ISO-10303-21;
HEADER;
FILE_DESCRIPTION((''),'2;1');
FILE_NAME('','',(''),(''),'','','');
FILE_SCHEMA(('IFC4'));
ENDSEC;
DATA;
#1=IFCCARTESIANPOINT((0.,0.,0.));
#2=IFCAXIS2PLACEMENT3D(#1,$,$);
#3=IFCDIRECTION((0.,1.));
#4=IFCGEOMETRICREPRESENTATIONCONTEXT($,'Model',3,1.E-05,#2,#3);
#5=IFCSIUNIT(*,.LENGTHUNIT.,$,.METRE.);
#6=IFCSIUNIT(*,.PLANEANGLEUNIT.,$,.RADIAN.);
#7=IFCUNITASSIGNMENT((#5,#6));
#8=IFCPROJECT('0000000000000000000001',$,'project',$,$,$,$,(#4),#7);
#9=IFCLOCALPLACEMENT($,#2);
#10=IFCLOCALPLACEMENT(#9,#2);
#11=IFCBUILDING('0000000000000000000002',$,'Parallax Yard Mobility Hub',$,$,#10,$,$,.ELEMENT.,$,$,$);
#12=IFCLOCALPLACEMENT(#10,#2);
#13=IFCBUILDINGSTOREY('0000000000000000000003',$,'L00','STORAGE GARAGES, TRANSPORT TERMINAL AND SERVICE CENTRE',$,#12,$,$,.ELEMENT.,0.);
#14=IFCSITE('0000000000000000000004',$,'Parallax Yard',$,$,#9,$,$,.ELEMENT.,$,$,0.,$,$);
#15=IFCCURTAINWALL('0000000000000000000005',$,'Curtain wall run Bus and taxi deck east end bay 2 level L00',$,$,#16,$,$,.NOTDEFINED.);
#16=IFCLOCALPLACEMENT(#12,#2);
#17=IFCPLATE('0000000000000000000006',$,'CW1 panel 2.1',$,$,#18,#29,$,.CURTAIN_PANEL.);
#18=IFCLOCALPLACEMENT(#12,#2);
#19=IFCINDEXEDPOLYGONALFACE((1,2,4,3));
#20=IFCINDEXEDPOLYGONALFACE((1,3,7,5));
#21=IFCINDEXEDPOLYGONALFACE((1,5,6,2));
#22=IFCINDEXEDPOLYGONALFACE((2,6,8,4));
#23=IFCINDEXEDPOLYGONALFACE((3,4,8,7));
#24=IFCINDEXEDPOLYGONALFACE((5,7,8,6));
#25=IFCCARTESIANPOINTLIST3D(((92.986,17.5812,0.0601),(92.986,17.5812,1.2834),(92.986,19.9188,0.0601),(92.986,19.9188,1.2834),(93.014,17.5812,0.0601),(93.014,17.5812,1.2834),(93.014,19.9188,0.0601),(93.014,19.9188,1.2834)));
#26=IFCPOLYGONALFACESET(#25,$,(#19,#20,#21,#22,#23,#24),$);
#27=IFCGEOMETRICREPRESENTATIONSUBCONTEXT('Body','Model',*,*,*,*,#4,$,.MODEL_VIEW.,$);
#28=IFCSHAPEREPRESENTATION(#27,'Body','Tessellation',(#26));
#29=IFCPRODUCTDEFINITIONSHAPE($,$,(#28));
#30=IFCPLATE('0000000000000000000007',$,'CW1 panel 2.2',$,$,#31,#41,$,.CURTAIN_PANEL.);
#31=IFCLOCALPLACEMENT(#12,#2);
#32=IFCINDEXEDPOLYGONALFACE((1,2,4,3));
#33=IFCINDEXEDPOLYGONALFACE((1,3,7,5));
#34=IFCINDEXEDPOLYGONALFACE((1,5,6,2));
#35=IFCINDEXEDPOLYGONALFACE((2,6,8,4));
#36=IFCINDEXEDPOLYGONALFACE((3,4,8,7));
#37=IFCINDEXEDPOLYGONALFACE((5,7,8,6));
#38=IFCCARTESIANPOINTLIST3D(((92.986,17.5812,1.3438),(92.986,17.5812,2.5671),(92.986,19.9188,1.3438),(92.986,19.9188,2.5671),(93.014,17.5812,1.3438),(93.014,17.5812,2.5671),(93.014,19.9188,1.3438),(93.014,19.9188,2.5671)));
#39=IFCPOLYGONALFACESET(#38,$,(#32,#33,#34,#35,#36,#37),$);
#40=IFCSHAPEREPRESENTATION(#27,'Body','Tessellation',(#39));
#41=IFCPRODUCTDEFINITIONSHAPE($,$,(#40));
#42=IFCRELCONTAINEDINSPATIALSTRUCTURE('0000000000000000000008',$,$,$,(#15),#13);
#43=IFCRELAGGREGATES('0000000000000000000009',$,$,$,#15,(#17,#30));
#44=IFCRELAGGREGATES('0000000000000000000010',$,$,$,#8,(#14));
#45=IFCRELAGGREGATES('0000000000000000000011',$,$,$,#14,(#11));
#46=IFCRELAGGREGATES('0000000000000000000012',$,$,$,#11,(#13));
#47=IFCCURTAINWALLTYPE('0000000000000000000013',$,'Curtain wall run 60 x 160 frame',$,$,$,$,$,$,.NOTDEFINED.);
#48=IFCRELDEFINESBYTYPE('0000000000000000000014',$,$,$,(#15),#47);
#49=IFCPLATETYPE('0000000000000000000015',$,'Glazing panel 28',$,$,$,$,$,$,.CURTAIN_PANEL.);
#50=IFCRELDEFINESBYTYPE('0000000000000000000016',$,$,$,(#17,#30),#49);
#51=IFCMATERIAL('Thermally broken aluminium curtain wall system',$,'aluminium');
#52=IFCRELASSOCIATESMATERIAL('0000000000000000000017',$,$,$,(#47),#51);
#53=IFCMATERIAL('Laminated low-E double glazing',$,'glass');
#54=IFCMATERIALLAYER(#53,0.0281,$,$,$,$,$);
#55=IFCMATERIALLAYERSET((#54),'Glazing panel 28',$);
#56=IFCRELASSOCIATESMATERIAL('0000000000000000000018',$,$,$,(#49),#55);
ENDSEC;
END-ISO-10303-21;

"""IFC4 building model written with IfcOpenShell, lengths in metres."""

from ifc_helpers import new_model, si_unit, direction, frame, origin, origin_2d, place, context, subcontext, project, spatial, rectangle, extrude, material, layer, layer_set, type_object, element, aggregate, save


model = new_model("IFC4")

# Units and contexts
model_context = context("Model", 3, precision=1e-05, world=origin(), true_north=direction((0.0, 1.0)))
body_context = subcontext(model_context, "Body", "Model", "MODEL_VIEW")
ifc_project = project(units=[si_unit("LENGTHUNIT", "METRE"), si_unit("PLANEANGLEUNIT", "RADIAN")], contexts=[model_context])

# Site, building, storey
site_placement = place(None, origin())
site = spatial("IfcSite", under=ifc_project, at=site_placement, Name="Parallax Yard", CompositionType="ELEMENT", RefElevation=0.0)
building_placement = place(site_placement, origin())
building = spatial("IfcBuilding", under=site, at=building_placement, Name="Parallax Yard Mobility Hub", CompositionType="ELEMENT")
storey_placement = place(building_placement, origin())
storey = spatial("IfcBuildingStorey", under=building, at=storey_placement, Name="L00", Description="STORAGE GARAGES, TRANSPORT TERMINAL AND SERVICE CENTRE", CompositionType="ELEMENT", Elevation=0.0)

# Shared definitions
ifc_material_1 = material(Name="Thermally broken aluminium curtain wall system", Category="aluminium")
curtain_wall_type = type_object("IfcCurtainWallType", Name="Curtain wall run 60 x 160 frame", PredefinedType="NOTDEFINED", material=ifc_material_1)

# Curtain wall
curtain_wall_1_placement = place(storey_placement, origin())
curtain_wall_1 = element("IfcCurtainWall", 1, at=curtain_wall_1_placement, inside=storey, type_object=curtain_wall_type, Name="Curtain wall run Bus and taxi deck east end bay 2 level L00", PredefinedType="NOTDEFINED")

# Plates
ifc_material_2 = material(Name="Laminated low-E double glazing", Category="glass")
ifc_layer = layer(ifc_material_2, 0.0281)
ifc_layer_set = layer_set([ifc_layer], Name="Glazing panel 28")
plate_type = type_object("IfcPlateType", Name="Glazing panel 28", PredefinedType="CURTAIN_PANEL", material=ifc_layer_set)
plate_1_placement = place(storey_placement, frame((93.0, 18.75, 0.0601), z_axis=(0.0, 0.0, 1.0), x_axis=(0.0, 1.0, 0.0)))
plate_1 = element("IfcPlate", 2, at=plate_1_placement, type_object=plate_type, Name="CW1 panel 2.1", PredefinedType="CURTAIN_PANEL", context=body_context, shape_type="SweptSolid", body=[
    extrude(rectangle(XDim=2.3376, YDim=0.0281, at=origin_2d()), origin(), (0.0, 0.0, 1.0), 1.2234),
])
plate_2_placement = place(storey_placement, frame((93.0, 18.75, 1.3438), z_axis=(0.0, 0.0, 1.0), x_axis=(0.0, 1.0, 0.0)))
plate_2 = element("IfcPlate", 3, at=plate_2_placement, type_object=plate_type, Name="CW1 panel 2.2", PredefinedType="CURTAIN_PANEL", context=body_context, shape_type="SweptSolid", body=[
    extrude(rectangle(XDim=2.3376, YDim=0.0281, at=origin_2d()), origin(), (0.0, 0.0, 1.0), 1.2234),
])
aggregate(curtain_wall_1, [plate_1, plate_2])

save(model, "model.ifc")
